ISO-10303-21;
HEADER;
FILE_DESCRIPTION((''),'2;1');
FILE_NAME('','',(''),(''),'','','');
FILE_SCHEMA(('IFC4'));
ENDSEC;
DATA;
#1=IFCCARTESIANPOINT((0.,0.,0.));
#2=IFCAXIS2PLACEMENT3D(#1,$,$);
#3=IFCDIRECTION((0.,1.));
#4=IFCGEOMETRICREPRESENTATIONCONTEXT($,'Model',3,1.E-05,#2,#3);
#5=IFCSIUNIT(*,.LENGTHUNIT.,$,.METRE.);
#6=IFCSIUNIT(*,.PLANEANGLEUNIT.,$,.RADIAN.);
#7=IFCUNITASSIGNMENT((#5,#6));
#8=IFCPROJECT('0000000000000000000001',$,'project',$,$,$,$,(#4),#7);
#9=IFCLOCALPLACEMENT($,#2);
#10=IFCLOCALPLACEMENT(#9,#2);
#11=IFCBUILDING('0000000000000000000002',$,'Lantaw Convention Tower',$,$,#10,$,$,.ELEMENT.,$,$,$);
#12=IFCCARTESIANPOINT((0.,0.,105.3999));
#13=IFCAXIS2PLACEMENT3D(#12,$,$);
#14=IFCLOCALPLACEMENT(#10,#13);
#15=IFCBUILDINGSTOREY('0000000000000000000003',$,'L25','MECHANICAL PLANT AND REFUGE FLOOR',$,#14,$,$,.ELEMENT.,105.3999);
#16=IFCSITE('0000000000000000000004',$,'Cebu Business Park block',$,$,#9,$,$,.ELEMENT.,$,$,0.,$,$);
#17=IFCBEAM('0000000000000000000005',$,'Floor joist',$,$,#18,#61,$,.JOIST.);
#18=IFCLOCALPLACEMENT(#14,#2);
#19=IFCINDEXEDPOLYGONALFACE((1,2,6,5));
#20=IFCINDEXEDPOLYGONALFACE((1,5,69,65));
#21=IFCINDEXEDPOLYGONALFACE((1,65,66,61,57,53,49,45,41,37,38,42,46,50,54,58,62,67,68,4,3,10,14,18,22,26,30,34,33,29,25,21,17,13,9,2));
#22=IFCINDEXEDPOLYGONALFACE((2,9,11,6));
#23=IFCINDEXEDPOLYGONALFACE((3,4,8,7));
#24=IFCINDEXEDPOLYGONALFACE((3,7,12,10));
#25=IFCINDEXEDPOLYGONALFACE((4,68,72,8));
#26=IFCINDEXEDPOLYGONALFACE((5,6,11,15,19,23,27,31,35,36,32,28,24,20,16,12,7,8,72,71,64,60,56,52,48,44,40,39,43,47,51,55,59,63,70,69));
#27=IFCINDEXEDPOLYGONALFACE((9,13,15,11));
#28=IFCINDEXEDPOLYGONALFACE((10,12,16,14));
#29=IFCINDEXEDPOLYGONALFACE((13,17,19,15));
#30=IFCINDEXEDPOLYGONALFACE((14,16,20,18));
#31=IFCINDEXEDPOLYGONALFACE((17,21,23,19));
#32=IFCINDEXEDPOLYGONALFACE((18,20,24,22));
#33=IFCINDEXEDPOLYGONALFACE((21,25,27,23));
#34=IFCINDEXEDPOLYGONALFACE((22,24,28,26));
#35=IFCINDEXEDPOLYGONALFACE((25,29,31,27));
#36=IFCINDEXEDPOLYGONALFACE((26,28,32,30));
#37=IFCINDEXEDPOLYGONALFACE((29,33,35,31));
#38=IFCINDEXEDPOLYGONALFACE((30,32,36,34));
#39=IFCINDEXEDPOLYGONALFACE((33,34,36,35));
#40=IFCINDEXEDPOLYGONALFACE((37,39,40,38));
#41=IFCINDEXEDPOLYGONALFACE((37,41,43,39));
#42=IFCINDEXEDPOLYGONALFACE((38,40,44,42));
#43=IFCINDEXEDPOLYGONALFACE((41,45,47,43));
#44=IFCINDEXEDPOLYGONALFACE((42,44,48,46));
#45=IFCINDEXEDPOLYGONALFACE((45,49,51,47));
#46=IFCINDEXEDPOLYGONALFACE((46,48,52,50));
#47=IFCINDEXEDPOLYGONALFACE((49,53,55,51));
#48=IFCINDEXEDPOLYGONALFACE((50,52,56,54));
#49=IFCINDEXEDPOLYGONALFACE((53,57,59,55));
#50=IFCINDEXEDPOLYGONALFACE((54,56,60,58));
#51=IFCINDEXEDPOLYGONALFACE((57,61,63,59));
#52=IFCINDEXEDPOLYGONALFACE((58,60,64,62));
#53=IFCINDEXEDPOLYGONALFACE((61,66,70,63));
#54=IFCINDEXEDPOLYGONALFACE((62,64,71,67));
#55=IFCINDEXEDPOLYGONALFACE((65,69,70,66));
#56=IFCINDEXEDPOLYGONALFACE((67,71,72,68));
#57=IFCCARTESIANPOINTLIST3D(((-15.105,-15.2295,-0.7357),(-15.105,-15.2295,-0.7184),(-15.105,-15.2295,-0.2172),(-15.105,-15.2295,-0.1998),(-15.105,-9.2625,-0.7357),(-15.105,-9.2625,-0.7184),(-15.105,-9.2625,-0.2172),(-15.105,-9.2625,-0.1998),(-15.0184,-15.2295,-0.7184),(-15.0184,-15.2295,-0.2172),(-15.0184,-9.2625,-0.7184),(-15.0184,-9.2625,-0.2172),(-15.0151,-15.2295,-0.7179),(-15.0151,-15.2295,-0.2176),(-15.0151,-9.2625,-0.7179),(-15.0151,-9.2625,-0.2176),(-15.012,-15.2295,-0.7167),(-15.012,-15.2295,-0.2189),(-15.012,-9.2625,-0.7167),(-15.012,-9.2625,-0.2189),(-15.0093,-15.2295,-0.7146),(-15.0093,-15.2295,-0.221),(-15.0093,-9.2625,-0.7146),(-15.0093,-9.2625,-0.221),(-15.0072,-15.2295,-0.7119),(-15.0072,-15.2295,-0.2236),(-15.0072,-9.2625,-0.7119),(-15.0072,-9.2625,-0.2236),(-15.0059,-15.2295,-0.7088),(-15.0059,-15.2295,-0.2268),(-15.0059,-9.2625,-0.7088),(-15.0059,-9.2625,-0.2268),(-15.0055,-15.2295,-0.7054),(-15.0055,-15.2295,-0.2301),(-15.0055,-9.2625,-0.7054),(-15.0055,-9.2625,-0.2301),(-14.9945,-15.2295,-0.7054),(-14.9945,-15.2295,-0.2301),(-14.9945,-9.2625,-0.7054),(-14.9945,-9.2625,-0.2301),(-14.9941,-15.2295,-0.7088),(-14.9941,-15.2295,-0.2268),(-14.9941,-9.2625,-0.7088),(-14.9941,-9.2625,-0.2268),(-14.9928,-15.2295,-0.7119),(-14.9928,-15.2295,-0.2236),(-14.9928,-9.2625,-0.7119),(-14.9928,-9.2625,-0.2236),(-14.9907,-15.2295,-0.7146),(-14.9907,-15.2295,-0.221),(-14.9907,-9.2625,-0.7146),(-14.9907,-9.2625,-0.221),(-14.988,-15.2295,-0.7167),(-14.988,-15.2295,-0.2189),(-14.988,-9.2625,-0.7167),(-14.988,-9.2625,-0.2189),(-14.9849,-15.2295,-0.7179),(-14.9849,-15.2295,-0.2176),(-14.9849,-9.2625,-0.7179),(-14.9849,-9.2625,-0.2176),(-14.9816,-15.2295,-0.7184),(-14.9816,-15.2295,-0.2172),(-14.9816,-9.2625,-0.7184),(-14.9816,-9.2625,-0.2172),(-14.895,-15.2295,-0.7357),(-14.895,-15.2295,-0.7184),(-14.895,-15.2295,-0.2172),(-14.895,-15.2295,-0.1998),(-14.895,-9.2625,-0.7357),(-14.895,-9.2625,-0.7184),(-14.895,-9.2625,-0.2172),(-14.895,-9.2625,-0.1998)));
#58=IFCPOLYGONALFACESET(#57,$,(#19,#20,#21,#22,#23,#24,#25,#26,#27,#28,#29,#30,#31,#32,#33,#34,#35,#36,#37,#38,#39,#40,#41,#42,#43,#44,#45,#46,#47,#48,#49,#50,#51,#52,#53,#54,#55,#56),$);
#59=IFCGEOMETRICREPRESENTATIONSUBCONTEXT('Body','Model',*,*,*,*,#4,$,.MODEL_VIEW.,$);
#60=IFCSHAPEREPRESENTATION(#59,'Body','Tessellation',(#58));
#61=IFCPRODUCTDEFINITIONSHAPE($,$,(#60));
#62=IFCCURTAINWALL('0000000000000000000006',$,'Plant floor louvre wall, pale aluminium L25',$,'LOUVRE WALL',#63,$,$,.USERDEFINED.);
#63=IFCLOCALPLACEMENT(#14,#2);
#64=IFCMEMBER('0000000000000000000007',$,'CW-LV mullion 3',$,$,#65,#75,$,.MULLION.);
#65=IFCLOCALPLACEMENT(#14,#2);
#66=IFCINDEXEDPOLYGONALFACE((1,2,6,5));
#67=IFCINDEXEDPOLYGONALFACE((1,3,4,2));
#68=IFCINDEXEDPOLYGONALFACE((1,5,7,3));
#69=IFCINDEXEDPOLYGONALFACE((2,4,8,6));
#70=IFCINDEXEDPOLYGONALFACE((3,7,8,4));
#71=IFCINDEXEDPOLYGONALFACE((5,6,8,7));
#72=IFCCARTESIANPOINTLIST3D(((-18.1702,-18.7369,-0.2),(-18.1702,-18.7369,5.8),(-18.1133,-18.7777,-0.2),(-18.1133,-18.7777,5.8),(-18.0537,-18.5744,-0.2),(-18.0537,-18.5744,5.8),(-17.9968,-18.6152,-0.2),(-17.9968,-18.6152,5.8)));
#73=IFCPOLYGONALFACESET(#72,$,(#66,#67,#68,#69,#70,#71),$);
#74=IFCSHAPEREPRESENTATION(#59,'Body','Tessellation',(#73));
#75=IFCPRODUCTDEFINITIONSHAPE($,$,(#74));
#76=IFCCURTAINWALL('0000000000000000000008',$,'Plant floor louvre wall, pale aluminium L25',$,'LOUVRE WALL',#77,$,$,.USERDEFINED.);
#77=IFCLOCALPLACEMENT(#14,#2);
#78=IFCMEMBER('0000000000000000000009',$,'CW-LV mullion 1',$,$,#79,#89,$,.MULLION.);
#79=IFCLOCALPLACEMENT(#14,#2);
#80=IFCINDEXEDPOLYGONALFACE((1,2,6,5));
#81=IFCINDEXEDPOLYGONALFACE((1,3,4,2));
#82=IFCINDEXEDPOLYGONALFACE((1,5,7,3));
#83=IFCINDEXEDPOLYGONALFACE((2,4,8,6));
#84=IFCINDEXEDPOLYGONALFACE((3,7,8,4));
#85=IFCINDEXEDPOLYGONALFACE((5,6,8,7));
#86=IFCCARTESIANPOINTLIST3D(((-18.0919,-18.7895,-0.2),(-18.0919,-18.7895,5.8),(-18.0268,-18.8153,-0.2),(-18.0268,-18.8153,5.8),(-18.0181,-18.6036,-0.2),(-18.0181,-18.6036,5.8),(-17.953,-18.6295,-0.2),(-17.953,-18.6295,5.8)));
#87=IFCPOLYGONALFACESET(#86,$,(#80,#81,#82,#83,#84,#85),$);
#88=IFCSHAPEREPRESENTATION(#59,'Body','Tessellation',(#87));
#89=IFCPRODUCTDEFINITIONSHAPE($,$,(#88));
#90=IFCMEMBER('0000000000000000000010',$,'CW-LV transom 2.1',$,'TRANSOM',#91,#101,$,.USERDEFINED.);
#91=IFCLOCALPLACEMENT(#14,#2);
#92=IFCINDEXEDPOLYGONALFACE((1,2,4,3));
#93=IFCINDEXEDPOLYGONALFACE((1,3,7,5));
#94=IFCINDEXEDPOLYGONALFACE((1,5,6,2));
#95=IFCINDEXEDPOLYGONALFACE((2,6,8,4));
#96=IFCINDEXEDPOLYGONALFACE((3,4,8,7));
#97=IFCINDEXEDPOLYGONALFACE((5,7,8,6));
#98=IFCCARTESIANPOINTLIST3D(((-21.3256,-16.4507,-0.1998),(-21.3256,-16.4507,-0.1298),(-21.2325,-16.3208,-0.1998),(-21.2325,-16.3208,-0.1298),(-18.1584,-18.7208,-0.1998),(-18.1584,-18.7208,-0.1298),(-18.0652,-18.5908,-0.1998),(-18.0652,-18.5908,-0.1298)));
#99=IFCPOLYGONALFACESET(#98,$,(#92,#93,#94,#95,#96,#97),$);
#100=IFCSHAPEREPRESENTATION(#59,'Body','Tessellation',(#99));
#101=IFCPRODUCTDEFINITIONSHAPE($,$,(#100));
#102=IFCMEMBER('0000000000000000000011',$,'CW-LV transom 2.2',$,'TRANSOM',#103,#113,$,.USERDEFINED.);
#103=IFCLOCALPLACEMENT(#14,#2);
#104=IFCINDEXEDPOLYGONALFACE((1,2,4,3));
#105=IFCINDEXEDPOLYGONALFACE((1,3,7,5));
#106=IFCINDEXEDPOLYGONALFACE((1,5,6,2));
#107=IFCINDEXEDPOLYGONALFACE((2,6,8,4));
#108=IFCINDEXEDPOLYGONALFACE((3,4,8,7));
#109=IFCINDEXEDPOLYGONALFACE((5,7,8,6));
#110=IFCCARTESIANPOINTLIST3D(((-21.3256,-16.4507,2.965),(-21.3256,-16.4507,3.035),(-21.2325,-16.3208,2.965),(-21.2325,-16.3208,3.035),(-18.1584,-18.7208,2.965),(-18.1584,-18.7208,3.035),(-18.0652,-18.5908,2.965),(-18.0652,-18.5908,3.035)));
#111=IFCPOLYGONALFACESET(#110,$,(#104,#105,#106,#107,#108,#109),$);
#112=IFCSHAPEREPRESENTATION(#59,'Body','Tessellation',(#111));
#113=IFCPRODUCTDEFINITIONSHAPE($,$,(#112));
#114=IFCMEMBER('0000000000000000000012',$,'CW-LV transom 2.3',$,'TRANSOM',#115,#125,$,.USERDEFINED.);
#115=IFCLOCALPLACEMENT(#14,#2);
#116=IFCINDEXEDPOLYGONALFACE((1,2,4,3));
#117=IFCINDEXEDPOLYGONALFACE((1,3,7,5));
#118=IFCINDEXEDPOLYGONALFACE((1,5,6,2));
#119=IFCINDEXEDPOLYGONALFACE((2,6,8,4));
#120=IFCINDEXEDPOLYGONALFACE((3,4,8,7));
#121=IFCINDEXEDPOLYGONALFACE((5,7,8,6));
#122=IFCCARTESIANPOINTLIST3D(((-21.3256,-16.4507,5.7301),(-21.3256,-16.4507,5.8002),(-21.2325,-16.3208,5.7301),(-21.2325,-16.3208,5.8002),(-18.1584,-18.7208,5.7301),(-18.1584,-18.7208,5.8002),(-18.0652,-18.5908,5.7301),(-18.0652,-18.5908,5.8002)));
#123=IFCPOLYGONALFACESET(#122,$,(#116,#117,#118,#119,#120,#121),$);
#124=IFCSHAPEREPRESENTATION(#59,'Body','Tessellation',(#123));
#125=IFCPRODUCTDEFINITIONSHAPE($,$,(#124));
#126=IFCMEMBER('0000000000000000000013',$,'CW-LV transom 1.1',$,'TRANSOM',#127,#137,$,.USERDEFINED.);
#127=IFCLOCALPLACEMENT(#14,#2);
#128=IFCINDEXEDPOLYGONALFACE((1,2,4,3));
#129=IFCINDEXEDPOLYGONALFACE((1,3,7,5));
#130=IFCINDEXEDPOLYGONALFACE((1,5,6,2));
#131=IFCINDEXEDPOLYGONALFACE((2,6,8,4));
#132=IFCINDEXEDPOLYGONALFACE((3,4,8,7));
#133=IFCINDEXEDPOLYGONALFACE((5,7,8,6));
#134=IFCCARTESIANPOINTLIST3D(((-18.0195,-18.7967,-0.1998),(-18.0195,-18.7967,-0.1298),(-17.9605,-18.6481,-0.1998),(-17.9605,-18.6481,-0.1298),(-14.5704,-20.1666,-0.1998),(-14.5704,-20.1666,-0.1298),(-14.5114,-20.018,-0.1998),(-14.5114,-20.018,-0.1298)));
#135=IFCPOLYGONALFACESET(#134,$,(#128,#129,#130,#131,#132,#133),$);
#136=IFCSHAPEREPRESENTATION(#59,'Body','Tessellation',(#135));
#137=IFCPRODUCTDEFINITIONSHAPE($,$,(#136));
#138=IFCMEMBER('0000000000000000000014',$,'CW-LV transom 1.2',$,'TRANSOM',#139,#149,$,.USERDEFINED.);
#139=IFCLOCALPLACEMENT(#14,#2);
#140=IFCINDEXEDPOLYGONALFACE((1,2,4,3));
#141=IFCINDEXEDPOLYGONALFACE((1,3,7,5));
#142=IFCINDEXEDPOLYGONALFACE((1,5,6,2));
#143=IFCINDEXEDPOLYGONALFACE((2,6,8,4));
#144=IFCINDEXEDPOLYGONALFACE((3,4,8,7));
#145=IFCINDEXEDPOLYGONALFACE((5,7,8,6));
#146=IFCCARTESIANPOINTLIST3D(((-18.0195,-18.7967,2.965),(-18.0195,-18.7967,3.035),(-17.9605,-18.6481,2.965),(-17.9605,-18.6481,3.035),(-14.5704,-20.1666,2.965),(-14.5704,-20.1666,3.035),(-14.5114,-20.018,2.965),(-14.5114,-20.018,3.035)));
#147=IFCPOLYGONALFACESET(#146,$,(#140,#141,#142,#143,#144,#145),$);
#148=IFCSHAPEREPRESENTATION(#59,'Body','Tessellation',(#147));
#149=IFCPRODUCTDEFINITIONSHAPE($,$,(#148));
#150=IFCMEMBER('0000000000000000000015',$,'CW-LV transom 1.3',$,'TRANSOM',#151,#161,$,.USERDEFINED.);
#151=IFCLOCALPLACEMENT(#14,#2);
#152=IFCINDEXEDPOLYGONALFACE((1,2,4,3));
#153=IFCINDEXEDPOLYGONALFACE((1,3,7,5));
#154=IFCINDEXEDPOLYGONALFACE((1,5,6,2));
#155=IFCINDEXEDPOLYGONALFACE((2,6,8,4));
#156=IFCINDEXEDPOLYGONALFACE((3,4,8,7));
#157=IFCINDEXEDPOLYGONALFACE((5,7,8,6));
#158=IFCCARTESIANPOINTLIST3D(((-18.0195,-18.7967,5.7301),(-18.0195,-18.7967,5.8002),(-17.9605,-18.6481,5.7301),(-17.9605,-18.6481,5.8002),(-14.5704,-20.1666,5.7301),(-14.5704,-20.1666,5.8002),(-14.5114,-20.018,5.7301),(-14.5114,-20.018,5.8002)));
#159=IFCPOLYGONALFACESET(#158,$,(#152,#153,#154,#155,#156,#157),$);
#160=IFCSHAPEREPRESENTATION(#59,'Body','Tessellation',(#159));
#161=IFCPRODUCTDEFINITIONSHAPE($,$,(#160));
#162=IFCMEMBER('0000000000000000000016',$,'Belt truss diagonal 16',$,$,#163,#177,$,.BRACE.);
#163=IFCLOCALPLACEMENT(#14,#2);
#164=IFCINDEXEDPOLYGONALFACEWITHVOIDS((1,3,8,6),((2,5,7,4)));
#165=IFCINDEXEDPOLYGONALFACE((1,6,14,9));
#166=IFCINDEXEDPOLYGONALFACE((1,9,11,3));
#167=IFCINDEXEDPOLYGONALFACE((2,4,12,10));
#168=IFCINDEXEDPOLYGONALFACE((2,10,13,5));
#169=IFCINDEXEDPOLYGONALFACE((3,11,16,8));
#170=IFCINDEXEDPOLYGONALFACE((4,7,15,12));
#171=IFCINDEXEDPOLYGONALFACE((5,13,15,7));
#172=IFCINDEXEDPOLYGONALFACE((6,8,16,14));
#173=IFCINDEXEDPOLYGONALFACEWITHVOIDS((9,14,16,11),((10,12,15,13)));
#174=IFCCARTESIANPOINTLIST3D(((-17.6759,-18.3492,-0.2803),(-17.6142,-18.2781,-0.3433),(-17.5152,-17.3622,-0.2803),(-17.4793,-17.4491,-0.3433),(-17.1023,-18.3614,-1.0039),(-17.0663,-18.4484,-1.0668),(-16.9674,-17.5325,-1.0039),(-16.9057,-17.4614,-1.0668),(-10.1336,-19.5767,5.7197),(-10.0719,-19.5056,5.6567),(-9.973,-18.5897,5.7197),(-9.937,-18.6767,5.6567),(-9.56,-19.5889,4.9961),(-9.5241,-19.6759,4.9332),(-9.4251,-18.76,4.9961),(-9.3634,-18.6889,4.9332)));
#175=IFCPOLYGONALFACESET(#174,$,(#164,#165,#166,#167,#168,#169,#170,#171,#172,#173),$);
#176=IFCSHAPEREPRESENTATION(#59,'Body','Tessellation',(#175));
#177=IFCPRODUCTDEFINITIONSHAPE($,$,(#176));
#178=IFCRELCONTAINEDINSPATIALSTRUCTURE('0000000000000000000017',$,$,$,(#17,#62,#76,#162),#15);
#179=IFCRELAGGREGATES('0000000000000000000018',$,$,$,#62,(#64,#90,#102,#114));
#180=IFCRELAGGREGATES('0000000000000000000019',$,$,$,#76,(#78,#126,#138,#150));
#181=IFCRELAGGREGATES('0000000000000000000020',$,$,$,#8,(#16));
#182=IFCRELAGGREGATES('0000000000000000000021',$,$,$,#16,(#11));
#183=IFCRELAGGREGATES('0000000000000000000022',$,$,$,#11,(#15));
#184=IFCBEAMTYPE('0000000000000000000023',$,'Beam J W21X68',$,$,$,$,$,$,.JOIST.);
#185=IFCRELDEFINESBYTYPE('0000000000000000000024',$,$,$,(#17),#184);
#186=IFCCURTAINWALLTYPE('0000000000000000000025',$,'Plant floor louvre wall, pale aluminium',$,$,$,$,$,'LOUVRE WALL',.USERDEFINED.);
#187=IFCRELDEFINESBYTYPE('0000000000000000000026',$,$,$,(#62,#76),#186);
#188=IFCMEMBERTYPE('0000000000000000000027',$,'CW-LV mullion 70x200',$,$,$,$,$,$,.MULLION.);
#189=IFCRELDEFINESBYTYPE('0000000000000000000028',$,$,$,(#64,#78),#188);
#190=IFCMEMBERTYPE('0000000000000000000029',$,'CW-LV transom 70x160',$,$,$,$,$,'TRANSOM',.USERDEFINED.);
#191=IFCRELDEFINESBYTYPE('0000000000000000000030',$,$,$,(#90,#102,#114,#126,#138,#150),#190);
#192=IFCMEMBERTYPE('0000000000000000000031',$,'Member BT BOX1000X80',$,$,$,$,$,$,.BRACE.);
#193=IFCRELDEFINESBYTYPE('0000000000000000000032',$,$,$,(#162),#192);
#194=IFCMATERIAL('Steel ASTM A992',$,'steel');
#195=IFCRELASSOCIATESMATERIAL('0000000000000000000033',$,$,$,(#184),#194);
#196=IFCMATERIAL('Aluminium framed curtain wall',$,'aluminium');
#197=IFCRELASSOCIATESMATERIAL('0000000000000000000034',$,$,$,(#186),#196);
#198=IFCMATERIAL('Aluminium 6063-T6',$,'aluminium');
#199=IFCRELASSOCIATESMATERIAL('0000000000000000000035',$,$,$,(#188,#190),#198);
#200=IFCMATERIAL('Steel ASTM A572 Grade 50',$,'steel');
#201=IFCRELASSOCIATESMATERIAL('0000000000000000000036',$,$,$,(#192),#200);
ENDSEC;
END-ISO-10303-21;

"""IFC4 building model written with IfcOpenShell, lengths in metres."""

from ifc_helpers import new_model, si_unit, direction, frame, origin, origin_2d, place, context, subcontext, project, spatial, rectangle, hollow_rectangle, i_section, extrude, material, material_profile, profile_set, type_object, element, aggregate, save


model = new_model("IFC4")

# Units and contexts
model_context = context("Model", 3, precision=1e-05, world=origin(), true_north=direction((0.0, 1.0)))
body_context = subcontext(model_context, "Body", "Model", "MODEL_VIEW")
ifc_project = project(units=[si_unit("LENGTHUNIT", "METRE"), si_unit("PLANEANGLEUNIT", "RADIAN")], contexts=[model_context])

# Site, building, storey
site_placement = place(None, origin())
site = spatial("IfcSite", under=ifc_project, at=site_placement, Name="Cebu Business Park block", CompositionType="ELEMENT", RefElevation=0.0)
building_placement = place(site_placement, origin())
building = spatial("IfcBuilding", under=site, at=building_placement, Name="Lantaw Convention Tower", CompositionType="ELEMENT")
storey_placement = place(building_placement, frame((0.0, 0.0, 105.3999)))
storey = spatial("IfcBuildingStorey", under=building, at=storey_placement, Name="L25", Description="MECHANICAL PLANT AND REFUGE FLOOR", CompositionType="ELEMENT", Elevation=105.3999)

# Beam
ifc_material_1 = material(Name="Steel ASTM A992", Category="steel")
ifc_material_profile_1 = material_profile(ifc_material_1, i_section(OverallWidth=0.21, OverallDepth=0.5359, WebThickness=0.011, FlangeThickness=0.0173, FilletRadius=0.0129, at=origin_2d()), Name="W21X68")
ifc_profile_set_1 = profile_set([ifc_material_profile_1], Name="Steel ASTM A992")
beam_type_1 = type_object("IfcBeamType", Name="Beam J W21X68", PredefinedType="JOIST", material=ifc_profile_set_1)
beam_1_placement = place(storey_placement, frame((-15.0, -15.2295, -0.4678), z_axis=(0.0, 1.0, 0.0), x_axis=(-1.0, 0.0, 0.0)))
element("IfcBeam", 1, at=beam_1_placement, inside=storey, type_object=beam_type_1, Name="Floor joist", PredefinedType="JOIST", context=body_context, shape_type="SweptSolid", body=[
    extrude(i_section(OverallWidth=0.21, OverallDepth=0.5359, WebThickness=0.011, FlangeThickness=0.0173, FilletRadius=0.0129, at=origin_2d()), origin(), (0.0, 0.0, 1.0), 5.967),
])

# Curtain walls, members
ifc_material_2 = material(Name="Aluminium framed curtain wall", Category="aluminium")
curtain_wall_type = type_object("IfcCurtainWallType", Name="Plant floor louvre wall, pale aluminium", ElementType="LOUVRE WALL", PredefinedType="USERDEFINED", material=ifc_material_2)
curtain_wall_1_placement = place(storey_placement, origin())
curtain_wall_1 = element("IfcCurtainWall", 2, at=curtain_wall_1_placement, inside=storey, type_object=curtain_wall_type, Name="Plant floor louvre wall, pale aluminium L25", ObjectType="LOUVRE WALL", PredefinedType="USERDEFINED")
ifc_material_3 = material(Name="Aluminium 6063-T6", Category="aluminium")
ifc_material_profile_2 = material_profile(ifc_material_3, rectangle(XDim=0.2, YDim=0.0701, at=origin_2d()), Name="CW-LV mullion 70x200")
ifc_profile_set_2 = profile_set([ifc_material_profile_2], Name="Aluminium 6063-T6")
member_type_1 = type_object("IfcMemberType", Name="CW-LV mullion 70x200", PredefinedType="MULLION", material=ifc_profile_set_2)
member_1_placement = place(storey_placement, frame((-18.0835, -18.676, -0.2), z_axis=(0.0, 0.0, 1.0), x_axis=(0.582538, 0.812804, 0.0)))
member_1 = element("IfcMember", 3, at=member_1_placement, type_object=member_type_1, Name="CW-LV mullion 3", PredefinedType="MULLION", context=body_context, shape_type="SweptSolid", body=[
    extrude(rectangle(XDim=0.2, YDim=0.0701, at=origin_2d()), origin(), (0.0, 0.0, 1.0), 6.0),
])
curtain_wall_2_placement = place(storey_placement, origin())
curtain_wall_2 = element("IfcCurtainWall", 4, at=curtain_wall_2_placement, inside=storey, type_object=curtain_wall_type, Name="Plant floor louvre wall, pale aluminium L25", ObjectType="LOUVRE WALL", PredefinedType="USERDEFINED")
member_2_placement = place(storey_placement, frame((-18.0225, -18.7095, -0.2), z_axis=(0.0, 0.0, 1.0), x_axis=(0.369172, 0.929361, 0.0)))
member_2 = element("IfcMember", 5, at=member_2_placement, type_object=member_type_1, Name="CW-LV mullion 1", PredefinedType="MULLION", context=body_context, shape_type="SweptSolid", body=[
    extrude(rectangle(XDim=0.2, YDim=0.0701, at=origin_2d()), origin(), (0.0, 0.0, 1.0), 6.0),
])

# Members
ifc_material_profile_3 = material_profile(ifc_material_3, rectangle(XDim=0.1599, YDim=0.0701, at=origin_2d()), Name="CW-LV transom 70x160")
ifc_profile_set_3 = profile_set([ifc_material_profile_3], Name="Aluminium 6063-T6")
member_type_2 = type_object("IfcMemberType", Name="CW-LV transom 70x160", ElementType="TRANSOM", PredefinedType="USERDEFINED", material=ifc_profile_set_3)
member_3_placement = place(storey_placement, frame((-21.2791, -16.3857, -0.1648), z_axis=(0.812797, -0.582547, 0.0), x_axis=(0.582547, 0.812797, 0.0)))
member_3 = element("IfcMember", 6, at=member_3_placement, type_object=member_type_2, Name="CW-LV transom 2.1", ObjectType="TRANSOM", PredefinedType="USERDEFINED", context=body_context, shape_type="SweptSolid", body=[
    extrude(rectangle(XDim=0.1599, YDim=0.0701, at=origin_2d()), origin(), (0.0, 0.0, 1.0), 3.8967),
])
member_4_placement = place(storey_placement, frame((-21.2791, -16.3857, 3.0), z_axis=(0.812797, -0.582547, 0.0), x_axis=(0.582547, 0.812797, 0.0)))
member_4 = element("IfcMember", 7, at=member_4_placement, type_object=member_type_2, Name="CW-LV transom 2.2", ObjectType="TRANSOM", PredefinedType="USERDEFINED", context=body_context, shape_type="SweptSolid", body=[
    extrude(rectangle(XDim=0.1599, YDim=0.0701, at=origin_2d()), origin(), (0.0, 0.0, 1.0), 3.8967),
])
member_5_placement = place(storey_placement, frame((-21.2791, -16.3857, 5.7651), z_axis=(0.812797, -0.582547, 0.0), x_axis=(0.582547, 0.812797, 0.0)))
member_5 = element("IfcMember", 8, at=member_5_placement, type_object=member_type_2, Name="CW-LV transom 2.3", ObjectType="TRANSOM", PredefinedType="USERDEFINED", context=body_context, shape_type="SweptSolid", body=[
    extrude(rectangle(XDim=0.1599, YDim=0.0701, at=origin_2d()), origin(), (0.0, 0.0, 1.0), 3.8967),
])
member_6_placement = place(storey_placement, frame((-17.99, -18.7224, -0.1648), z_axis=(0.929377, -0.369132, 0.0), x_axis=(0.369132, 0.929377, 0.0)))
member_6 = element("IfcMember", 9, at=member_6_placement, type_object=member_type_2, Name="CW-LV transom 1.1", ObjectType="TRANSOM", PredefinedType="USERDEFINED", context=body_context, shape_type="SweptSolid", body=[
    extrude(rectangle(XDim=0.1599, YDim=0.0701, at=origin_2d()), origin(), (0.0, 0.0, 1.0), 3.7112),
])
member_7_placement = place(storey_placement, frame((-17.99, -18.7224, 3.0), z_axis=(0.929377, -0.369132, 0.0), x_axis=(0.369132, 0.929377, 0.0)))
member_7 = element("IfcMember", 10, at=member_7_placement, type_object=member_type_2, Name="CW-LV transom 1.2", ObjectType="TRANSOM", PredefinedType="USERDEFINED", context=body_context, shape_type="SweptSolid", body=[
    extrude(rectangle(XDim=0.1599, YDim=0.0701, at=origin_2d()), origin(), (0.0, 0.0, 1.0), 3.7112),
])
member_8_placement = place(storey_placement, frame((-17.99, -18.7224, 5.7651), z_axis=(0.929377, -0.369132, 0.0), x_axis=(0.369132, 0.929377, 0.0)))
member_8 = element("IfcMember", 11, at=member_8_placement, type_object=member_type_2, Name="CW-LV transom 1.3", ObjectType="TRANSOM", PredefinedType="USERDEFINED", context=body_context, shape_type="SweptSolid", body=[
    extrude(rectangle(XDim=0.1599, YDim=0.0701, at=origin_2d()), origin(), (0.0, 0.0, 1.0), 3.7112),
])

# Member
ifc_material_4 = material(Name="Steel ASTM A572 Grade 50", Category="steel")
ifc_material_profile_4 = material_profile(ifc_material_4, hollow_rectangle(XDim=1.0, YDim=1.0, WallThickness=0.0801, at=origin_2d()), Name="BOX1000X80")
ifc_profile_set_4 = profile_set([ifc_material_profile_4], Name="Steel ASTM A572 Grade 50")
member_type_3 = type_object("IfcMemberType", Name="Member BT BOX1000X80", PredefinedType="BRACE", material=ifc_profile_set_4)
member_9_placement = place(storey_placement, frame((-17.2908, -17.9053, -0.6736), z_axis=(0.776305, -0.126348, 0.617566), x_axis=(0.160642, 0.987013, 0.0)))
element("IfcMember", 12, at=member_9_placement, inside=storey, type_object=member_type_3, Name="Belt truss diagonal 16", PredefinedType="BRACE", context=body_context, shape_type="SweptSolid", body=[
    extrude(hollow_rectangle(XDim=1.0, YDim=1.0, WallThickness=0.0801, at=origin_2d()), origin(), (0.0, 0.0, 1.0), 9.7156),
])

aggregate(curtain_wall_1, [member_1, member_3, member_4, member_5])
aggregate(curtain_wall_2, [member_2, member_6, member_7, member_8])

save(model, "model.ifc")
